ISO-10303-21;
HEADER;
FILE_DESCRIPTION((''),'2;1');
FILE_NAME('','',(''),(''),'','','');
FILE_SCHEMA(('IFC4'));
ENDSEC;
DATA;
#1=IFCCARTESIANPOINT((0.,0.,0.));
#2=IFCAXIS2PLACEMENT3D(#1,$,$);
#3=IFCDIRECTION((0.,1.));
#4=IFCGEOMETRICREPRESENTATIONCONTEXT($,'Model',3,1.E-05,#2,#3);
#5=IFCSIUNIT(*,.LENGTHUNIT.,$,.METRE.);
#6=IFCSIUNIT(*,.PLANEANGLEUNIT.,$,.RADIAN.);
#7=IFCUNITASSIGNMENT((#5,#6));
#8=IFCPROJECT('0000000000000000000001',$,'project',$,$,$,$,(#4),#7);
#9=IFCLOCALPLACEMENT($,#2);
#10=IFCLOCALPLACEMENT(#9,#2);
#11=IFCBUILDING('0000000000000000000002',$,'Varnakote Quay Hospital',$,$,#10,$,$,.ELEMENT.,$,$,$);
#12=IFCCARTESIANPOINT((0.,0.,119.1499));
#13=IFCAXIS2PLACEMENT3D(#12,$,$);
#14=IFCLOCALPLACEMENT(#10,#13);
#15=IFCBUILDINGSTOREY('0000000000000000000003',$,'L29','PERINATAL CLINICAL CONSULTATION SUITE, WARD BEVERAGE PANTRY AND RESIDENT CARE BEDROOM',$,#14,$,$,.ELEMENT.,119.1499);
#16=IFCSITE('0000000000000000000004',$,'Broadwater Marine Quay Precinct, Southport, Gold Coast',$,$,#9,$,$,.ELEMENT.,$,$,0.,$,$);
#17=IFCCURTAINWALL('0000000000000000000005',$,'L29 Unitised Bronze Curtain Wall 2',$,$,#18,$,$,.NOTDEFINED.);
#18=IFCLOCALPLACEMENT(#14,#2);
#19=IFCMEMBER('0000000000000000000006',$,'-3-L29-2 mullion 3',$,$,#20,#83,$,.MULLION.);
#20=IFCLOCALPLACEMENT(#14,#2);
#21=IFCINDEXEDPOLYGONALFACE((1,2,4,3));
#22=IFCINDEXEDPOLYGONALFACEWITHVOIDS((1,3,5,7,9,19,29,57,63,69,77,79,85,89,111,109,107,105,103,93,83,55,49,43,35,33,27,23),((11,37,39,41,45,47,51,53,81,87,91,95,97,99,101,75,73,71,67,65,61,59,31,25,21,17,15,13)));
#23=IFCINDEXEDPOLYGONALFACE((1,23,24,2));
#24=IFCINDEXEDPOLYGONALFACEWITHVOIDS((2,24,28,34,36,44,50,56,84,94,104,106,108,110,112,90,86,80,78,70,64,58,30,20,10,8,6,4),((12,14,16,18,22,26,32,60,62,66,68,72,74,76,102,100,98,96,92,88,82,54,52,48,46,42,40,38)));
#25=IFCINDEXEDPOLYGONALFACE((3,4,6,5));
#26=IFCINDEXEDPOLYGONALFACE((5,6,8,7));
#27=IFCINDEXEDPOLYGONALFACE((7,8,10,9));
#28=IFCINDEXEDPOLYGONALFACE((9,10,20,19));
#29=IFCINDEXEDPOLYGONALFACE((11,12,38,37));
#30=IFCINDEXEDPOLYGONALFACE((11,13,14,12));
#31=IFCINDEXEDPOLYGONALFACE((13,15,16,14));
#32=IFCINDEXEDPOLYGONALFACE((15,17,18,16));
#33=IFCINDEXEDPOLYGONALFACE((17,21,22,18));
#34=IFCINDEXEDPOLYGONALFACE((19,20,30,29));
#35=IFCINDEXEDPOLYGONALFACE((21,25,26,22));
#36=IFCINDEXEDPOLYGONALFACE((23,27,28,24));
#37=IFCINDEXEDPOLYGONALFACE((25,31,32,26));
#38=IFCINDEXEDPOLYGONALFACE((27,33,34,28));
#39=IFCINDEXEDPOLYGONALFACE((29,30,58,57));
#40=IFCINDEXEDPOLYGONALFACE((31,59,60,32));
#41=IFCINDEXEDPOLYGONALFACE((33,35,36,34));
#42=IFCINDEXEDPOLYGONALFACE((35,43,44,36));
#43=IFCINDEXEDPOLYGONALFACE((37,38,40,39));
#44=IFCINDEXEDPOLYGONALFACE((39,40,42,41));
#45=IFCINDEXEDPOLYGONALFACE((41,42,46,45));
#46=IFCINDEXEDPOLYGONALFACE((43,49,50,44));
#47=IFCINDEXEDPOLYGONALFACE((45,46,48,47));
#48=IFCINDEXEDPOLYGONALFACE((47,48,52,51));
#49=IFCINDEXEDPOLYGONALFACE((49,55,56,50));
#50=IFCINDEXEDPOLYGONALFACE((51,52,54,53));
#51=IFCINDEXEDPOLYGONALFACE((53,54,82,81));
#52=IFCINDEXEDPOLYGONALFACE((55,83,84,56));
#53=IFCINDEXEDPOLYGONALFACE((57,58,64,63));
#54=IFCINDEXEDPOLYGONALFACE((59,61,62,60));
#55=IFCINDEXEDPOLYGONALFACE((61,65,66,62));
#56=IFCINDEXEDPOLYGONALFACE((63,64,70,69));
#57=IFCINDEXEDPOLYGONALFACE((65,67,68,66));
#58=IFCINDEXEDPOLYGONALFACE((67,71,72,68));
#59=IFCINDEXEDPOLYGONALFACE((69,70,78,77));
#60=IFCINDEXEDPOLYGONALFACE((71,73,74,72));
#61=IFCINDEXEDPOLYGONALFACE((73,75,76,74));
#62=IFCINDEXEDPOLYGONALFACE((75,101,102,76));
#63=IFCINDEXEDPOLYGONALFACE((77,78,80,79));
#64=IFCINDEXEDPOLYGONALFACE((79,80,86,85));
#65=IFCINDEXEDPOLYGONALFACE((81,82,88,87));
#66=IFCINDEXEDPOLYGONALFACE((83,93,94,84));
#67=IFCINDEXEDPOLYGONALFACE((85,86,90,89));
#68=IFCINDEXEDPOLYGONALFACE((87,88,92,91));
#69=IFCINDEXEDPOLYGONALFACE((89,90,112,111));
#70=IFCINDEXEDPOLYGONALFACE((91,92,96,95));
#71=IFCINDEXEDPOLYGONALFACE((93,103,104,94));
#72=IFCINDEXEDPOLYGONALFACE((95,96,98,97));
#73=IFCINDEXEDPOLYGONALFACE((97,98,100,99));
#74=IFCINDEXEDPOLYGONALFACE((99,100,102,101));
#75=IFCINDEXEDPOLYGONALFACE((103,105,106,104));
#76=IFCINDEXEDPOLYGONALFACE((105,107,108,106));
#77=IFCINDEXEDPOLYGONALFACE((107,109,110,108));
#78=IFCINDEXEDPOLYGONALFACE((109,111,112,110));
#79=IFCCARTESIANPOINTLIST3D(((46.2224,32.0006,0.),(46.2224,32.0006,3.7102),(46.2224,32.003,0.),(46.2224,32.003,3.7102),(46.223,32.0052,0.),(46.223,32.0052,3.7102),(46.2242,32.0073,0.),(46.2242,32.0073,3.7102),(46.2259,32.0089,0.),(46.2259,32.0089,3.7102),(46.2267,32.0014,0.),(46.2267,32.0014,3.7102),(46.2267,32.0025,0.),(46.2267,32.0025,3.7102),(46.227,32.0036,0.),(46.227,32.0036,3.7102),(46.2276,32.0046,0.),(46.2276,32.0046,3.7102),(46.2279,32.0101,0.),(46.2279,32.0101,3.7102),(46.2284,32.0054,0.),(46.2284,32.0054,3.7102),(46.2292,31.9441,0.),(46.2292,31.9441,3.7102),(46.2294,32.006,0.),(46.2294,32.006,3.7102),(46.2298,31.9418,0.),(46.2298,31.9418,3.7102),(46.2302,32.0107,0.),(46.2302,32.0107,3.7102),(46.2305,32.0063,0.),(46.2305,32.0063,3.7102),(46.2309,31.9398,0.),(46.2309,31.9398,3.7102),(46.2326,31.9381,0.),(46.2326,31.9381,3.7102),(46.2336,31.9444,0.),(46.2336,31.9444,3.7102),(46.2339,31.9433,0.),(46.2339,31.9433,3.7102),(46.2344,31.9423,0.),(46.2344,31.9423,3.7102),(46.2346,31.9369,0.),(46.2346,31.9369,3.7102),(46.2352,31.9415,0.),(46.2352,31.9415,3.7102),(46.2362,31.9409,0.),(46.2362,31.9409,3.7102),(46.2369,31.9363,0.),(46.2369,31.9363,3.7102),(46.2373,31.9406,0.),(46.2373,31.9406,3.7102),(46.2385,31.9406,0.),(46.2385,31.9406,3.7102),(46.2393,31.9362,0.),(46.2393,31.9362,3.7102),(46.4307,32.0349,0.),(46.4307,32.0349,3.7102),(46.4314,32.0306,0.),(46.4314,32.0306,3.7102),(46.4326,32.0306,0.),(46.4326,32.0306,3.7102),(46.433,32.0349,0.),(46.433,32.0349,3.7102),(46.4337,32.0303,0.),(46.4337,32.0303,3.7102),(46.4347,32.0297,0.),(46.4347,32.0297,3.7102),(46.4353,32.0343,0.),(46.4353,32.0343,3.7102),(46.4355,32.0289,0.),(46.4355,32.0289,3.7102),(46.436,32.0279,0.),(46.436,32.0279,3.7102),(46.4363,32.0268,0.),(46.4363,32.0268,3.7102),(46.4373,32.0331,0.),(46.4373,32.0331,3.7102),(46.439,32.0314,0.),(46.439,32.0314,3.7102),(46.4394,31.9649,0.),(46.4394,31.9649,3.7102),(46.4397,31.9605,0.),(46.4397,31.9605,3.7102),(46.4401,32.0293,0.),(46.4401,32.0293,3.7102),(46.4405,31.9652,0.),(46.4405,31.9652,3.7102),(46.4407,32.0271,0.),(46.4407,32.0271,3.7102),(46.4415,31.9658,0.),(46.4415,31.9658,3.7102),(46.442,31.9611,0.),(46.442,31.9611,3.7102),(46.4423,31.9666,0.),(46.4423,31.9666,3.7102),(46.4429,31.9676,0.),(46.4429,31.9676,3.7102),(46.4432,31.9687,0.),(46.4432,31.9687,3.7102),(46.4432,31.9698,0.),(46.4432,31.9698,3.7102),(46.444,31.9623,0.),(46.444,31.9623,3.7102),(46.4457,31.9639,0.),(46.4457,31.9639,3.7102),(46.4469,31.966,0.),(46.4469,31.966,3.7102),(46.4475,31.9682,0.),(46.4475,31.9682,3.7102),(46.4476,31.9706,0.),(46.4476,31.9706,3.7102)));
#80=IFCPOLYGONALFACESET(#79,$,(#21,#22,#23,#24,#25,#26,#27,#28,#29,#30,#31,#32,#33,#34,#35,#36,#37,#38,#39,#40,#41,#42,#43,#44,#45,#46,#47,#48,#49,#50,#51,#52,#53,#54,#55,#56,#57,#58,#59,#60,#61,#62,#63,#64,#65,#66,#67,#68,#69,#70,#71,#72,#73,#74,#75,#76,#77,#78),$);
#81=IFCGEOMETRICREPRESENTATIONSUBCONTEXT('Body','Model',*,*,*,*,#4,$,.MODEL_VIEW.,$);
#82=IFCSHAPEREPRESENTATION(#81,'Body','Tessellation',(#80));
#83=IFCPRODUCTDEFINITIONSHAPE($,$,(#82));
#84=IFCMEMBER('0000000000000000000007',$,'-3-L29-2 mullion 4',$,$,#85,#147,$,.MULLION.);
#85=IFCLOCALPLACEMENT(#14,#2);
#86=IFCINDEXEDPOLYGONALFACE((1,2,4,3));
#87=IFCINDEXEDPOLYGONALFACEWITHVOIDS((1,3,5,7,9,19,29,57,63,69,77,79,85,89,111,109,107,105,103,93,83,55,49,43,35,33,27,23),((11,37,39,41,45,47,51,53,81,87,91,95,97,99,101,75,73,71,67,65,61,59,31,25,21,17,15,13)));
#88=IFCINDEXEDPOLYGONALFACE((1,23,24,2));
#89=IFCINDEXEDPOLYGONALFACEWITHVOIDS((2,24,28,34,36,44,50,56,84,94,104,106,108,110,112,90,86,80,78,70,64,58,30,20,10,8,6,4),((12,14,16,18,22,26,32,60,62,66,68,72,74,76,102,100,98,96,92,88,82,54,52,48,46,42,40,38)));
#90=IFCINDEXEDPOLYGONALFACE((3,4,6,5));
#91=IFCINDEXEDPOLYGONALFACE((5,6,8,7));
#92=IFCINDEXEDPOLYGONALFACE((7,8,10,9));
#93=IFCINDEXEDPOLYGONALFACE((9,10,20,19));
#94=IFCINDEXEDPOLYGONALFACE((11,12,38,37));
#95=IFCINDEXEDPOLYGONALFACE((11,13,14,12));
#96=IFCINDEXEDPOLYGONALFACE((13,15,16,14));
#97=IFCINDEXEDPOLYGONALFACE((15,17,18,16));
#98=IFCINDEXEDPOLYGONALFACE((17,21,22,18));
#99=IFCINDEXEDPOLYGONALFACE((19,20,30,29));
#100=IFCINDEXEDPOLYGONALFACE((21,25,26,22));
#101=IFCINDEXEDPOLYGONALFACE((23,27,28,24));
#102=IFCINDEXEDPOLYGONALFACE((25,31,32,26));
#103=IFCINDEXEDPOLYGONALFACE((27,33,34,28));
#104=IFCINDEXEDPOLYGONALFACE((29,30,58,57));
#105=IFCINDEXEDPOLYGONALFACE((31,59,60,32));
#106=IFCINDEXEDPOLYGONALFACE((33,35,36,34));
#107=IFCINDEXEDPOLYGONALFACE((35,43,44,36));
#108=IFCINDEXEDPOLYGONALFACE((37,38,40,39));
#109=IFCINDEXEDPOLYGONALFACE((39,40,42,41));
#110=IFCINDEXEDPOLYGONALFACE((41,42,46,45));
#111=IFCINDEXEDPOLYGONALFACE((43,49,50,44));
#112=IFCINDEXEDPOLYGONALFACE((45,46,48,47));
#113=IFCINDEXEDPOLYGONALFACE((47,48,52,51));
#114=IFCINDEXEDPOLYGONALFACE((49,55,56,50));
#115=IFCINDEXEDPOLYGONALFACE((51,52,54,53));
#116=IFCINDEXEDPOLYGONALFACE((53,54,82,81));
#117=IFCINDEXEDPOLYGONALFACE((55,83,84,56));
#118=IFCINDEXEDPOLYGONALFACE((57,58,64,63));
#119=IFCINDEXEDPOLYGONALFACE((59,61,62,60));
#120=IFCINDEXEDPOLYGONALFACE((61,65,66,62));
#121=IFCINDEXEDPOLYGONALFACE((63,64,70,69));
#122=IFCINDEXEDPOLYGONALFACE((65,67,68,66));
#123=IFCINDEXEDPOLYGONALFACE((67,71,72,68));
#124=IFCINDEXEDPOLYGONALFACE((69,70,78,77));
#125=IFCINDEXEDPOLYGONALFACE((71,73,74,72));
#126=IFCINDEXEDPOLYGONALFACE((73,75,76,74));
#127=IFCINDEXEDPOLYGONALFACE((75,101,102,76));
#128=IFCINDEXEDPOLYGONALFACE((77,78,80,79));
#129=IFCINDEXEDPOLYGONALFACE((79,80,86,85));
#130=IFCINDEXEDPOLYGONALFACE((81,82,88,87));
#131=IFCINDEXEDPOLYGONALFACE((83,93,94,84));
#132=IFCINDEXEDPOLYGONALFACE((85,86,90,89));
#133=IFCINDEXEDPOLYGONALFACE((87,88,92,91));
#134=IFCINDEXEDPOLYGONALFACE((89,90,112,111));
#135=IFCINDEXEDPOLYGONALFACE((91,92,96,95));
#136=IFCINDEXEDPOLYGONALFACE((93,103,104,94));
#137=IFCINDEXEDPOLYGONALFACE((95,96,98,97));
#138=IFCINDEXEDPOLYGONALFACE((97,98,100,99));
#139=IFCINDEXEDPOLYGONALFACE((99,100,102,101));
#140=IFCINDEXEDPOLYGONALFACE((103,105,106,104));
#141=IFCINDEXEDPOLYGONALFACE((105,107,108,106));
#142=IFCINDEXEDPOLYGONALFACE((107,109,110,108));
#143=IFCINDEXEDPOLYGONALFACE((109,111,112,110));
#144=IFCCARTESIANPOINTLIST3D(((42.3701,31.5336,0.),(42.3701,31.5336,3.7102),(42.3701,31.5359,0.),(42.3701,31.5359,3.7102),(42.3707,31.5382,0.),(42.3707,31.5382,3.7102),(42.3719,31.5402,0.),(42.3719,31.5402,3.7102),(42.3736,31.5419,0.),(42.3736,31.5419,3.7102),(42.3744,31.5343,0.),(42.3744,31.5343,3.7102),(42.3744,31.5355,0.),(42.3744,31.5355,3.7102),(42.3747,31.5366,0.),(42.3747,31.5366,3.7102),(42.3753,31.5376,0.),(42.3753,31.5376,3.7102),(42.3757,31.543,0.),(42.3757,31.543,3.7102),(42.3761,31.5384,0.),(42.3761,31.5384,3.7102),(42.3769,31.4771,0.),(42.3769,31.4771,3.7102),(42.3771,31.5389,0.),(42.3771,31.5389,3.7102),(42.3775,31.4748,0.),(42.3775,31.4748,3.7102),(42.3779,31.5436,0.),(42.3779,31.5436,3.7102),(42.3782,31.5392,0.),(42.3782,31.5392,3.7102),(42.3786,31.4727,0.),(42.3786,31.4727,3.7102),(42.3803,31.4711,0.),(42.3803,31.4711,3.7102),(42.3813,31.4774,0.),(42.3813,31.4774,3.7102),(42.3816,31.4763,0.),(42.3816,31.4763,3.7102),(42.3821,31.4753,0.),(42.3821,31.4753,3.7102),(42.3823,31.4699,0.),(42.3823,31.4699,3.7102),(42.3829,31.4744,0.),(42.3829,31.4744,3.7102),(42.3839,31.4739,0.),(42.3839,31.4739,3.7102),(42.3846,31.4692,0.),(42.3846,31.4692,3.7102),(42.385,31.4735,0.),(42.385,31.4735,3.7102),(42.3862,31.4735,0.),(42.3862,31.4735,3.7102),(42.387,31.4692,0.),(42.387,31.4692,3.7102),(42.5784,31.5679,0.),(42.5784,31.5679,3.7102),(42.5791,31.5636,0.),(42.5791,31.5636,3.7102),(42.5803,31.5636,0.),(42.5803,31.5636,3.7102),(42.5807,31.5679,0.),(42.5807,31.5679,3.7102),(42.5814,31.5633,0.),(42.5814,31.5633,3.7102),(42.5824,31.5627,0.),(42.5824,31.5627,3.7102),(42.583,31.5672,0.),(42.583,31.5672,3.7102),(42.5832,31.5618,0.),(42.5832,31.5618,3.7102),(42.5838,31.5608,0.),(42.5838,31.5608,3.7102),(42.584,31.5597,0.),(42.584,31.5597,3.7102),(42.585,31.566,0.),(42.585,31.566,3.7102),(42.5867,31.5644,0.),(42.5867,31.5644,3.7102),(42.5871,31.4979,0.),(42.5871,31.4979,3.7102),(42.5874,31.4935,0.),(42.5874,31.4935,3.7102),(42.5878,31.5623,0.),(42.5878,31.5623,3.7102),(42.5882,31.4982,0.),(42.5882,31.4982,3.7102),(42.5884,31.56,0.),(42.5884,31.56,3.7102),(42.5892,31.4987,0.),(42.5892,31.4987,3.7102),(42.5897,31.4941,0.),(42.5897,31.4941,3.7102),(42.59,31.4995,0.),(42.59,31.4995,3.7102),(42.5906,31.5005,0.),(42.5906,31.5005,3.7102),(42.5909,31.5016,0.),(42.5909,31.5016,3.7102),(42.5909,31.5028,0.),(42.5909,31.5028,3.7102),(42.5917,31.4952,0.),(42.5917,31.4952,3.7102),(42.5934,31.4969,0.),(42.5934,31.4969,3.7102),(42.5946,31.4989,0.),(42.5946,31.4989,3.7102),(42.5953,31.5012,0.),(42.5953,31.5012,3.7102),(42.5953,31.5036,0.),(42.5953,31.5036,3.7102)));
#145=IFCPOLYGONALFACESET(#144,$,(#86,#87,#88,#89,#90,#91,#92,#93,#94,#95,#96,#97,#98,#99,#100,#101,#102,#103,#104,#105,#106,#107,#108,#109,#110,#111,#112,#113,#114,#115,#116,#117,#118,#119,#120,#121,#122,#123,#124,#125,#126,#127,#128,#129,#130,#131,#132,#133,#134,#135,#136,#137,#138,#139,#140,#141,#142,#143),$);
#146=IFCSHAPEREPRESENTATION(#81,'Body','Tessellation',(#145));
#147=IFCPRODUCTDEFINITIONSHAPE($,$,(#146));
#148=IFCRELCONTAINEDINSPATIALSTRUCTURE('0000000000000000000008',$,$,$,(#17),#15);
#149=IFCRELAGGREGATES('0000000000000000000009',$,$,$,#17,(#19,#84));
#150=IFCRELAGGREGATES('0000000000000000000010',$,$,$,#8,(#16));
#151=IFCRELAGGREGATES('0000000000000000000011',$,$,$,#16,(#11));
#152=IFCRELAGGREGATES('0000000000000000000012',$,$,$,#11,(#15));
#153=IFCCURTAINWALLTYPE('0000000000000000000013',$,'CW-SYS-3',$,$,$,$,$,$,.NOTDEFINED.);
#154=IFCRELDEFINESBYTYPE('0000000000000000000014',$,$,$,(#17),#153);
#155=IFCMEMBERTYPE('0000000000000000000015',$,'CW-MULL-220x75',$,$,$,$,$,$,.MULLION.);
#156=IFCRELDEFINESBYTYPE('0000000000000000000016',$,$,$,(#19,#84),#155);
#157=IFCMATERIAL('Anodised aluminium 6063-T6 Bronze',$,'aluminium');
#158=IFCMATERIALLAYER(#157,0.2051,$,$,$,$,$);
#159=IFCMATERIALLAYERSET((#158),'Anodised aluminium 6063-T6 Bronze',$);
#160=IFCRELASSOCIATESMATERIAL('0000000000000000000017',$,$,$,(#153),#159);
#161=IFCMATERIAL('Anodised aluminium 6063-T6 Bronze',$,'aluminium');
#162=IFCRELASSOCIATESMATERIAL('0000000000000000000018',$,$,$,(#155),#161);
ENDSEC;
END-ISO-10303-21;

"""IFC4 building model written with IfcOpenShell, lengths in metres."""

from ifc_helpers import new_model, si_unit, direction, frame, origin, origin_2d, place, context, subcontext, project, spatial, hollow_rectangle, extrude, material, layer, layer_set, material_profile, profile_set, type_object, element, aggregate, save


model = new_model("IFC4")

# Units and contexts
model_context = context("Model", 3, precision=1e-05, world=origin(), true_north=direction((0.0, 1.0)))
body_context = subcontext(model_context, "Body", "Model", "MODEL_VIEW")
ifc_project = project(units=[si_unit("LENGTHUNIT", "METRE"), si_unit("PLANEANGLEUNIT", "RADIAN")], contexts=[model_context])

# Site, building, storey
site_placement = place(None, origin())
site = spatial("IfcSite", under=ifc_project, at=site_placement, Name="Broadwater Marine Quay Precinct, Southport, Gold Coast", CompositionType="ELEMENT", RefElevation=0.0)
building_placement = place(site_placement, origin())
building = spatial("IfcBuilding", under=site, at=building_placement, Name="Varnakote Quay Hospital", CompositionType="ELEMENT")
storey_placement = place(building_placement, frame((0.0, 0.0, 119.1499)))
storey = spatial("IfcBuildingStorey", under=building, at=storey_placement, Name="L29", Description="PERINATAL CLINICAL CONSULTATION SUITE, WARD BEVERAGE PANTRY AND RESIDENT CARE BEDROOM", CompositionType="ELEMENT", Elevation=119.1499)

# Curtain wall, members
ifc_material_1 = material(Name="Anodised aluminium 6063-T6 Bronze", Category="aluminium")
ifc_layer_1 = layer(ifc_material_1, 0.2051)
ifc_layer_set_1 = layer_set([ifc_layer_1], Name="Anodised aluminium 6063-T6 Bronze")
curtain_wall_type = type_object("IfcCurtainWallType", Name="CW-SYS-3", PredefinedType="NOTDEFINED", material=ifc_layer_set_1)
curtain_wall_placement = place(storey_placement, origin())
curtain_wall = element("IfcCurtainWall", 1, at=curtain_wall_placement, inside=storey, type_object=curtain_wall_type, Name="L29 Unitised Bronze Curtain Wall 2", PredefinedType="NOTDEFINED")
ifc_material_2 = material(Name="Anodised aluminium 6063-T6 Bronze", Category="aluminium")
ifc_material_profile_1 = material_profile(ifc_material_2, hollow_rectangle(XDim=0.075, YDim=0.22, WallThickness=0.0044, InnerFilletRadius=0.0044, OuterFilletRadius=0.009, at=origin_2d()), Name="CW-MULL-220x75")
ifc_profile_set_1 = profile_set([ifc_material_profile_1], Name="Anodised aluminium 6063-T6 Bronze")
member_type_1 = type_object("IfcMemberType", Name="CW-MULL-220x75", PredefinedType="MULLION", material=ifc_profile_set_1)
member_1_placement = place(storey_placement, frame((46.335, 31.9856, 0.0), z_axis=(0.0, 0.0, 1.0), x_axis=(0.120327, -0.992734, 0.0)))
member_1 = element("IfcMember", 2, at=member_1_placement, type_object=member_type_1, Name="-3-L29-2 mullion 3", PredefinedType="MULLION", context=body_context, shape_type="SweptSolid", body=[
    extrude(hollow_rectangle(XDim=0.075, YDim=0.22, WallThickness=0.0044, InnerFilletRadius=0.0044, OuterFilletRadius=0.009, at=origin_2d()), origin(), (0.0, 0.0, 1.0), 3.7102),
])
member_2_placement = place(storey_placement, frame((42.4827, 31.5186, 0.0), z_axis=(0.0, 0.0, 1.0), x_axis=(0.120327, -0.992734, 0.0)))
member_2 = element("IfcMember", 3, at=member_2_placement, type_object=member_type_1, Name="-3-L29-2 mullion 4", PredefinedType="MULLION", context=body_context, shape_type="SweptSolid", body=[
    extrude(hollow_rectangle(XDim=0.075, YDim=0.22, WallThickness=0.0044, InnerFilletRadius=0.0044, OuterFilletRadius=0.009, at=origin_2d()), origin(), (0.0, 0.0, 1.0), 3.7102),
])

aggregate(curtain_wall, [member_1, member_2])

save(model, "model.ifc")
